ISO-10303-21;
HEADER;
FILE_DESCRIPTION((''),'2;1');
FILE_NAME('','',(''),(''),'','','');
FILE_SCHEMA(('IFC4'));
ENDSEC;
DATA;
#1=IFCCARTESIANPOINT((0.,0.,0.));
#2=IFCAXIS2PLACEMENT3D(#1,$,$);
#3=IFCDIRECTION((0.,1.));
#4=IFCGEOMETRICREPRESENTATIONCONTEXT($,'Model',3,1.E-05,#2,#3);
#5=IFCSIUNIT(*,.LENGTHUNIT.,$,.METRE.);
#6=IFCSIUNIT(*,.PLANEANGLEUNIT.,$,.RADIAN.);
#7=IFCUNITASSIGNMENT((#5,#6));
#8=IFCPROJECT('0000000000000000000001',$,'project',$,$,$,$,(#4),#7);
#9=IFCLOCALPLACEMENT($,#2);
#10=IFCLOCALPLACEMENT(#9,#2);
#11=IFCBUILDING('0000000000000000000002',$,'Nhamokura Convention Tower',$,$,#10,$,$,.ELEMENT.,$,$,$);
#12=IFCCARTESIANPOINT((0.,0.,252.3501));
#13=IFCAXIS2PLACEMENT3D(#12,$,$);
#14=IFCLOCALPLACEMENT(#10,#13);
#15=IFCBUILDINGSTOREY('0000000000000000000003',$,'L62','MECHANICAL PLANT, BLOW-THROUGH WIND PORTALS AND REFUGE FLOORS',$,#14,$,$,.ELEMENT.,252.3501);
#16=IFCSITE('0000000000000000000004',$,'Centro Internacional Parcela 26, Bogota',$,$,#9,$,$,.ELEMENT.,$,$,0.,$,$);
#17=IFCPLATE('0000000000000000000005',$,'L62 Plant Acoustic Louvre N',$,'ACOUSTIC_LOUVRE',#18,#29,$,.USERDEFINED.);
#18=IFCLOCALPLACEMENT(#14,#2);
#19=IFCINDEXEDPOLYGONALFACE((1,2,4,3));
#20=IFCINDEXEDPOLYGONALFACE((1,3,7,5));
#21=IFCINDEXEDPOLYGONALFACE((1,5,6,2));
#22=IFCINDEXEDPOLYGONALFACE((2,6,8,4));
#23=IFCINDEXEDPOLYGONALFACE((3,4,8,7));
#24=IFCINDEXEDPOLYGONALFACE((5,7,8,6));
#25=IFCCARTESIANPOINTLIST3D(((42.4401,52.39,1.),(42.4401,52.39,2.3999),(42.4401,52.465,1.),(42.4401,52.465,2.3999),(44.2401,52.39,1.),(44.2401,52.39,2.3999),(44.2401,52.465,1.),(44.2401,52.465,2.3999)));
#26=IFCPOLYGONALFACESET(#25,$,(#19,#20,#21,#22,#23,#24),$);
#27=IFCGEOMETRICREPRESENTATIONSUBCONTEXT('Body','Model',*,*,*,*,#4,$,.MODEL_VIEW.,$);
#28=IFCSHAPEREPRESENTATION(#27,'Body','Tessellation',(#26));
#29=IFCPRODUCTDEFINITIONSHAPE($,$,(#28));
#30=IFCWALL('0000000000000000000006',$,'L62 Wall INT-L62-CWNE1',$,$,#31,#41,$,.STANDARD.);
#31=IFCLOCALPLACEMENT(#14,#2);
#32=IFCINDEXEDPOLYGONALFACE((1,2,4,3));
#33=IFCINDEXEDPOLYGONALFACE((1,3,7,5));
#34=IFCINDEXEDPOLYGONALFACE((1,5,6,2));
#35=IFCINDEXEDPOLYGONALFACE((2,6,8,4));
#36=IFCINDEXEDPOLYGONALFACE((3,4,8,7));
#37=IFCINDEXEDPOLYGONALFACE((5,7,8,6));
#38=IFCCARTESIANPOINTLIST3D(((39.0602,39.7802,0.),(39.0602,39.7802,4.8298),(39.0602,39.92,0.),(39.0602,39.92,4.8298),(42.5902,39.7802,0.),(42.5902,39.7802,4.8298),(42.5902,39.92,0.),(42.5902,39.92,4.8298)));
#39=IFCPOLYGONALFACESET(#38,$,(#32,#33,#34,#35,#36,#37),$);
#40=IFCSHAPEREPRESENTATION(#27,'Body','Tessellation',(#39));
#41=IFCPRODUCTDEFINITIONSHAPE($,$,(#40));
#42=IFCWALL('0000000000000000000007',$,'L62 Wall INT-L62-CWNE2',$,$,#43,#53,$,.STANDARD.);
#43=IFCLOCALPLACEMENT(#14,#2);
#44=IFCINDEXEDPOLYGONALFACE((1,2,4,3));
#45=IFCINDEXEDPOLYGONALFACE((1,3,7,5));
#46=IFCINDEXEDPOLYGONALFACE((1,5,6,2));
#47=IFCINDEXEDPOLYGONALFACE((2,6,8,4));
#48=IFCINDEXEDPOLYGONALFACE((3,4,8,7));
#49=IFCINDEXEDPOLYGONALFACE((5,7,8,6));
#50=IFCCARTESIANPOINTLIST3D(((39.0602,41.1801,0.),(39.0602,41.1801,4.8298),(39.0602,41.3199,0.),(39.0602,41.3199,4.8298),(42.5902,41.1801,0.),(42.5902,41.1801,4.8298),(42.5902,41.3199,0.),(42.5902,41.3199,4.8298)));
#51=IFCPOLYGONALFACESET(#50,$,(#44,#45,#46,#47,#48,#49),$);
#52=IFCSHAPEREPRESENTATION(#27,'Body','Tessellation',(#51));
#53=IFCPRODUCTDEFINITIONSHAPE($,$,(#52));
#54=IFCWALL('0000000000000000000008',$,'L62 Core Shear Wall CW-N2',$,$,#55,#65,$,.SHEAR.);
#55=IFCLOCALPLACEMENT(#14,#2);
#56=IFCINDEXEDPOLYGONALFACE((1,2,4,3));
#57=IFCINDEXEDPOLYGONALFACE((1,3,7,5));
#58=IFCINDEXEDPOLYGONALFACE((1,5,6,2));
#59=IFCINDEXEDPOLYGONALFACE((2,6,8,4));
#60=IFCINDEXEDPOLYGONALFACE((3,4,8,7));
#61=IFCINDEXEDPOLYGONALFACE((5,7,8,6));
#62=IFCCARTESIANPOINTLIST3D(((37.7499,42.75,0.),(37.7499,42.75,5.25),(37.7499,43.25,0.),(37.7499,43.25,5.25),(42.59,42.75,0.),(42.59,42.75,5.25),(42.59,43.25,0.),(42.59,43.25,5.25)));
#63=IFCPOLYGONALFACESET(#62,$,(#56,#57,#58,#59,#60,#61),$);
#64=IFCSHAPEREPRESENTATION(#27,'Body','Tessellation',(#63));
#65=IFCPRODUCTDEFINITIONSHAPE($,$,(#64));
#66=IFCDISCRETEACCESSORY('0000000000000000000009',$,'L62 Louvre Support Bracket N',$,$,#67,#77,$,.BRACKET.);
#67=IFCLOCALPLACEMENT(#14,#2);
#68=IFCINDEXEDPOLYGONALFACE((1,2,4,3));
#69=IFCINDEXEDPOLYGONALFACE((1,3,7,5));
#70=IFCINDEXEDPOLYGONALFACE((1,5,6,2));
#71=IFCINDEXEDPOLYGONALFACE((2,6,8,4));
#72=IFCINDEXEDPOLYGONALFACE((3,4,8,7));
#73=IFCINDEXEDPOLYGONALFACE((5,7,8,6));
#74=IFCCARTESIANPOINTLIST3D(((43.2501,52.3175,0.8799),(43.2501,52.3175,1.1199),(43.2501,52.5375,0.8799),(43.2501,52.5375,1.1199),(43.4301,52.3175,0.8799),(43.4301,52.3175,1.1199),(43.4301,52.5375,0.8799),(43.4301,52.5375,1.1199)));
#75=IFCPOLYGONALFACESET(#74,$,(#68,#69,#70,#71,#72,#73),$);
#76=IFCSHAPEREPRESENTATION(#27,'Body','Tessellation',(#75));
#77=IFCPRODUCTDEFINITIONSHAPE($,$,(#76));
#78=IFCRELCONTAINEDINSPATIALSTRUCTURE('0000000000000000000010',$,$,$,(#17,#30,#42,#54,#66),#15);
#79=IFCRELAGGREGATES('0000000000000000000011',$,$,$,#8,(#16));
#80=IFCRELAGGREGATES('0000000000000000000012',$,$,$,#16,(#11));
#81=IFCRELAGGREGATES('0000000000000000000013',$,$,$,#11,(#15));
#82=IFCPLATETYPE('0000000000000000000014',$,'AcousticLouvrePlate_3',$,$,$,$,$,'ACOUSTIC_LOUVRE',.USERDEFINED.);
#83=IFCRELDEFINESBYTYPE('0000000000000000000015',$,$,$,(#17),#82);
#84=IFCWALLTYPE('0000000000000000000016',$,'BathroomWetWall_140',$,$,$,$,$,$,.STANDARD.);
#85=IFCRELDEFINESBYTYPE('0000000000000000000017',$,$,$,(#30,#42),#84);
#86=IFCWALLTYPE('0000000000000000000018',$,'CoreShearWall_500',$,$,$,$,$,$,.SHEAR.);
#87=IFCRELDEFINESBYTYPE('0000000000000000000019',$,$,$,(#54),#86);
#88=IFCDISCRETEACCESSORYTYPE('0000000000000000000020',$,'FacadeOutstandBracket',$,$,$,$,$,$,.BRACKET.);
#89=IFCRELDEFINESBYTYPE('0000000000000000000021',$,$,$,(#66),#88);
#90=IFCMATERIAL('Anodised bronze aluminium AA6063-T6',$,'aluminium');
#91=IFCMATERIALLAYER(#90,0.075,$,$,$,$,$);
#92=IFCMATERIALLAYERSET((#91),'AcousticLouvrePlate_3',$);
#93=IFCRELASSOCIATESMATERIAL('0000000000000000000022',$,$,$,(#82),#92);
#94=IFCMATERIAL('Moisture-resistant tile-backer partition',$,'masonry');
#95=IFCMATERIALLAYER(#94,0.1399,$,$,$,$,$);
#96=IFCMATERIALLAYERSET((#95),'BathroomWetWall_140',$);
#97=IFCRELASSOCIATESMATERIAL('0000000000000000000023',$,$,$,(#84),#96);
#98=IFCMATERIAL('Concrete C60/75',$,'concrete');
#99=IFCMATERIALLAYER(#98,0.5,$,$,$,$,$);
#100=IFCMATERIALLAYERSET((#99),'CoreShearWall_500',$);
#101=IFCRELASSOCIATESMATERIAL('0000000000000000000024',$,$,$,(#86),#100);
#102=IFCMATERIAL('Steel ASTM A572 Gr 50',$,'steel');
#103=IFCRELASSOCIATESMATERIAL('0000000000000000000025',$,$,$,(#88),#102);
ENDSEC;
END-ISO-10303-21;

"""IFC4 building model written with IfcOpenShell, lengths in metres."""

from ifc_helpers import new_model, si_unit, direction, frame, frame_2d, origin, origin_2d, place, context, subcontext, project, spatial, rectangle, extrude, material, layer, layer_set, type_object, element, save


model = new_model("IFC4")

# Units and contexts
model_context = context("Model", 3, precision=1e-05, world=origin(), true_north=direction((0.0, 1.0)))
body_context = subcontext(model_context, "Body", "Model", "MODEL_VIEW")
ifc_project = project(units=[si_unit("LENGTHUNIT", "METRE"), si_unit("PLANEANGLEUNIT", "RADIAN")], contexts=[model_context])

# Site, building, storey
site_placement = place(None, origin())
site = spatial("IfcSite", under=ifc_project, at=site_placement, Name="Centro Internacional Parcela 26, Bogota", CompositionType="ELEMENT", RefElevation=0.0)
building_placement = place(site_placement, origin())
building = spatial("IfcBuilding", under=site, at=building_placement, Name="Nhamokura Convention Tower", CompositionType="ELEMENT")
storey_placement = place(building_placement, frame((0.0, 0.0, 252.3501)))
storey = spatial("IfcBuildingStorey", under=building, at=storey_placement, Name="L62", Description="MECHANICAL PLANT, BLOW-THROUGH WIND PORTALS AND REFUGE FLOORS", CompositionType="ELEMENT", Elevation=252.3501)

# Plate
ifc_material_1 = material(Name="Anodised bronze aluminium AA6063-T6", Category="aluminium")
ifc_layer_1 = layer(ifc_material_1, 0.075)
ifc_layer_set_1 = layer_set([ifc_layer_1], Name="AcousticLouvrePlate_3")
plate_type = type_object("IfcPlateType", Name="AcousticLouvrePlate_3", ElementType="ACOUSTIC_LOUVRE", PredefinedType="USERDEFINED", material=ifc_layer_set_1)
plate_placement = place(storey_placement, frame((43.3401, 52.4275, 1.0), z_axis=(0.0, 0.0, 1.0), x_axis=(1.0, 0.0, 0.0)))
element("IfcPlate", 1, at=plate_placement, inside=storey, type_object=plate_type, Name="L62 Plant Acoustic Louvre N", ObjectType="ACOUSTIC_LOUVRE", PredefinedType="USERDEFINED", context=body_context, shape_type="SweptSolid", body=[
    extrude(rectangle(XDim=1.8, YDim=0.075, at=origin_2d()), origin(), (0.0, 0.0, 1.0), 1.3999),
])

# Walls
ifc_material_2 = material(Name="Moisture-resistant tile-backer partition", Category="masonry")
ifc_layer_2 = layer(ifc_material_2, 0.1399)
ifc_layer_set_2 = layer_set([ifc_layer_2], Name="BathroomWetWall_140")
wall_type_1 = type_object("IfcWallType", Name="BathroomWetWall_140", PredefinedType="STANDARD", material=ifc_layer_set_2)
for number, where, z_axis, x_axis, name in (
    (2, (39.0601, 39.8501, 0.0), (0.0, 0.0, 1.0), (1.0, 0.0, 0.0), "L62 Wall INT-L62-CWNE1"),
    (3, (39.0601, 41.25, 0.0), (0.0, 0.0, 1.0), (1.0, 0.0, 0.0), "L62 Wall INT-L62-CWNE2"),
):
    element("IfcWall", number, at=place(storey_placement, frame(where, z_axis=z_axis, x_axis=x_axis)), inside=storey, type_object=wall_type_1, Name=name, PredefinedType="STANDARD", context=body_context, shape_type="SweptSolid", body=[
        extrude(rectangle(XDim=3.53, YDim=0.1399, at=frame_2d((1.7651, 0.0))), origin(), (0.0, 0.0, 1.0), 4.8298),
    ])
ifc_material_3 = material(Name="Concrete C60/75", Category="concrete")
ifc_layer_3 = layer(ifc_material_3, 0.5)
ifc_layer_set_3 = layer_set([ifc_layer_3], Name="CoreShearWall_500")
wall_type_2 = type_object("IfcWallType", Name="CoreShearWall_500", PredefinedType="SHEAR", material=ifc_layer_set_3)
wall_1_placement = place(storey_placement, frame((37.75, 43.0, 0.0), z_axis=(0.0, 0.0, 1.0), x_axis=(1.0, 0.0, 0.0)))
element("IfcWall", 4, at=wall_1_placement, inside=storey, type_object=wall_type_2, Name="L62 Core Shear Wall CW-N2", PredefinedType="SHEAR", context=body_context, shape_type="SweptSolid", body=[
    extrude(rectangle(XDim=4.8401, YDim=0.5, at=frame_2d((2.4199, 0.0))), origin(), (0.0, 0.0, 1.0), 5.25),
])

# Discrete accessory
ifc_material_4 = material(Name="Steel ASTM A572 Gr 50", Category="steel")
discrete_accessory_type = type_object("IfcDiscreteAccessoryType", Name="FacadeOutstandBracket", PredefinedType="BRACKET", material=ifc_material_4)
discrete_accessory_placement = place(storey_placement, frame((43.3401, 52.4275, 0.8799), z_axis=(0.0, 0.0, 1.0), x_axis=(1.0, 0.0, 0.0)))
element("IfcDiscreteAccessory", 5, at=discrete_accessory_placement, inside=storey, type_object=discrete_accessory_type, Name="L62 Louvre Support Bracket N", PredefinedType="BRACKET", context=body_context, shape_type="SweptSolid", body=[
    extrude(rectangle(XDim=0.1799, YDim=0.22, at=origin_2d()), origin(), (0.0, 0.0, 1.0), 0.24),
])

save(model, "model.ifc")
